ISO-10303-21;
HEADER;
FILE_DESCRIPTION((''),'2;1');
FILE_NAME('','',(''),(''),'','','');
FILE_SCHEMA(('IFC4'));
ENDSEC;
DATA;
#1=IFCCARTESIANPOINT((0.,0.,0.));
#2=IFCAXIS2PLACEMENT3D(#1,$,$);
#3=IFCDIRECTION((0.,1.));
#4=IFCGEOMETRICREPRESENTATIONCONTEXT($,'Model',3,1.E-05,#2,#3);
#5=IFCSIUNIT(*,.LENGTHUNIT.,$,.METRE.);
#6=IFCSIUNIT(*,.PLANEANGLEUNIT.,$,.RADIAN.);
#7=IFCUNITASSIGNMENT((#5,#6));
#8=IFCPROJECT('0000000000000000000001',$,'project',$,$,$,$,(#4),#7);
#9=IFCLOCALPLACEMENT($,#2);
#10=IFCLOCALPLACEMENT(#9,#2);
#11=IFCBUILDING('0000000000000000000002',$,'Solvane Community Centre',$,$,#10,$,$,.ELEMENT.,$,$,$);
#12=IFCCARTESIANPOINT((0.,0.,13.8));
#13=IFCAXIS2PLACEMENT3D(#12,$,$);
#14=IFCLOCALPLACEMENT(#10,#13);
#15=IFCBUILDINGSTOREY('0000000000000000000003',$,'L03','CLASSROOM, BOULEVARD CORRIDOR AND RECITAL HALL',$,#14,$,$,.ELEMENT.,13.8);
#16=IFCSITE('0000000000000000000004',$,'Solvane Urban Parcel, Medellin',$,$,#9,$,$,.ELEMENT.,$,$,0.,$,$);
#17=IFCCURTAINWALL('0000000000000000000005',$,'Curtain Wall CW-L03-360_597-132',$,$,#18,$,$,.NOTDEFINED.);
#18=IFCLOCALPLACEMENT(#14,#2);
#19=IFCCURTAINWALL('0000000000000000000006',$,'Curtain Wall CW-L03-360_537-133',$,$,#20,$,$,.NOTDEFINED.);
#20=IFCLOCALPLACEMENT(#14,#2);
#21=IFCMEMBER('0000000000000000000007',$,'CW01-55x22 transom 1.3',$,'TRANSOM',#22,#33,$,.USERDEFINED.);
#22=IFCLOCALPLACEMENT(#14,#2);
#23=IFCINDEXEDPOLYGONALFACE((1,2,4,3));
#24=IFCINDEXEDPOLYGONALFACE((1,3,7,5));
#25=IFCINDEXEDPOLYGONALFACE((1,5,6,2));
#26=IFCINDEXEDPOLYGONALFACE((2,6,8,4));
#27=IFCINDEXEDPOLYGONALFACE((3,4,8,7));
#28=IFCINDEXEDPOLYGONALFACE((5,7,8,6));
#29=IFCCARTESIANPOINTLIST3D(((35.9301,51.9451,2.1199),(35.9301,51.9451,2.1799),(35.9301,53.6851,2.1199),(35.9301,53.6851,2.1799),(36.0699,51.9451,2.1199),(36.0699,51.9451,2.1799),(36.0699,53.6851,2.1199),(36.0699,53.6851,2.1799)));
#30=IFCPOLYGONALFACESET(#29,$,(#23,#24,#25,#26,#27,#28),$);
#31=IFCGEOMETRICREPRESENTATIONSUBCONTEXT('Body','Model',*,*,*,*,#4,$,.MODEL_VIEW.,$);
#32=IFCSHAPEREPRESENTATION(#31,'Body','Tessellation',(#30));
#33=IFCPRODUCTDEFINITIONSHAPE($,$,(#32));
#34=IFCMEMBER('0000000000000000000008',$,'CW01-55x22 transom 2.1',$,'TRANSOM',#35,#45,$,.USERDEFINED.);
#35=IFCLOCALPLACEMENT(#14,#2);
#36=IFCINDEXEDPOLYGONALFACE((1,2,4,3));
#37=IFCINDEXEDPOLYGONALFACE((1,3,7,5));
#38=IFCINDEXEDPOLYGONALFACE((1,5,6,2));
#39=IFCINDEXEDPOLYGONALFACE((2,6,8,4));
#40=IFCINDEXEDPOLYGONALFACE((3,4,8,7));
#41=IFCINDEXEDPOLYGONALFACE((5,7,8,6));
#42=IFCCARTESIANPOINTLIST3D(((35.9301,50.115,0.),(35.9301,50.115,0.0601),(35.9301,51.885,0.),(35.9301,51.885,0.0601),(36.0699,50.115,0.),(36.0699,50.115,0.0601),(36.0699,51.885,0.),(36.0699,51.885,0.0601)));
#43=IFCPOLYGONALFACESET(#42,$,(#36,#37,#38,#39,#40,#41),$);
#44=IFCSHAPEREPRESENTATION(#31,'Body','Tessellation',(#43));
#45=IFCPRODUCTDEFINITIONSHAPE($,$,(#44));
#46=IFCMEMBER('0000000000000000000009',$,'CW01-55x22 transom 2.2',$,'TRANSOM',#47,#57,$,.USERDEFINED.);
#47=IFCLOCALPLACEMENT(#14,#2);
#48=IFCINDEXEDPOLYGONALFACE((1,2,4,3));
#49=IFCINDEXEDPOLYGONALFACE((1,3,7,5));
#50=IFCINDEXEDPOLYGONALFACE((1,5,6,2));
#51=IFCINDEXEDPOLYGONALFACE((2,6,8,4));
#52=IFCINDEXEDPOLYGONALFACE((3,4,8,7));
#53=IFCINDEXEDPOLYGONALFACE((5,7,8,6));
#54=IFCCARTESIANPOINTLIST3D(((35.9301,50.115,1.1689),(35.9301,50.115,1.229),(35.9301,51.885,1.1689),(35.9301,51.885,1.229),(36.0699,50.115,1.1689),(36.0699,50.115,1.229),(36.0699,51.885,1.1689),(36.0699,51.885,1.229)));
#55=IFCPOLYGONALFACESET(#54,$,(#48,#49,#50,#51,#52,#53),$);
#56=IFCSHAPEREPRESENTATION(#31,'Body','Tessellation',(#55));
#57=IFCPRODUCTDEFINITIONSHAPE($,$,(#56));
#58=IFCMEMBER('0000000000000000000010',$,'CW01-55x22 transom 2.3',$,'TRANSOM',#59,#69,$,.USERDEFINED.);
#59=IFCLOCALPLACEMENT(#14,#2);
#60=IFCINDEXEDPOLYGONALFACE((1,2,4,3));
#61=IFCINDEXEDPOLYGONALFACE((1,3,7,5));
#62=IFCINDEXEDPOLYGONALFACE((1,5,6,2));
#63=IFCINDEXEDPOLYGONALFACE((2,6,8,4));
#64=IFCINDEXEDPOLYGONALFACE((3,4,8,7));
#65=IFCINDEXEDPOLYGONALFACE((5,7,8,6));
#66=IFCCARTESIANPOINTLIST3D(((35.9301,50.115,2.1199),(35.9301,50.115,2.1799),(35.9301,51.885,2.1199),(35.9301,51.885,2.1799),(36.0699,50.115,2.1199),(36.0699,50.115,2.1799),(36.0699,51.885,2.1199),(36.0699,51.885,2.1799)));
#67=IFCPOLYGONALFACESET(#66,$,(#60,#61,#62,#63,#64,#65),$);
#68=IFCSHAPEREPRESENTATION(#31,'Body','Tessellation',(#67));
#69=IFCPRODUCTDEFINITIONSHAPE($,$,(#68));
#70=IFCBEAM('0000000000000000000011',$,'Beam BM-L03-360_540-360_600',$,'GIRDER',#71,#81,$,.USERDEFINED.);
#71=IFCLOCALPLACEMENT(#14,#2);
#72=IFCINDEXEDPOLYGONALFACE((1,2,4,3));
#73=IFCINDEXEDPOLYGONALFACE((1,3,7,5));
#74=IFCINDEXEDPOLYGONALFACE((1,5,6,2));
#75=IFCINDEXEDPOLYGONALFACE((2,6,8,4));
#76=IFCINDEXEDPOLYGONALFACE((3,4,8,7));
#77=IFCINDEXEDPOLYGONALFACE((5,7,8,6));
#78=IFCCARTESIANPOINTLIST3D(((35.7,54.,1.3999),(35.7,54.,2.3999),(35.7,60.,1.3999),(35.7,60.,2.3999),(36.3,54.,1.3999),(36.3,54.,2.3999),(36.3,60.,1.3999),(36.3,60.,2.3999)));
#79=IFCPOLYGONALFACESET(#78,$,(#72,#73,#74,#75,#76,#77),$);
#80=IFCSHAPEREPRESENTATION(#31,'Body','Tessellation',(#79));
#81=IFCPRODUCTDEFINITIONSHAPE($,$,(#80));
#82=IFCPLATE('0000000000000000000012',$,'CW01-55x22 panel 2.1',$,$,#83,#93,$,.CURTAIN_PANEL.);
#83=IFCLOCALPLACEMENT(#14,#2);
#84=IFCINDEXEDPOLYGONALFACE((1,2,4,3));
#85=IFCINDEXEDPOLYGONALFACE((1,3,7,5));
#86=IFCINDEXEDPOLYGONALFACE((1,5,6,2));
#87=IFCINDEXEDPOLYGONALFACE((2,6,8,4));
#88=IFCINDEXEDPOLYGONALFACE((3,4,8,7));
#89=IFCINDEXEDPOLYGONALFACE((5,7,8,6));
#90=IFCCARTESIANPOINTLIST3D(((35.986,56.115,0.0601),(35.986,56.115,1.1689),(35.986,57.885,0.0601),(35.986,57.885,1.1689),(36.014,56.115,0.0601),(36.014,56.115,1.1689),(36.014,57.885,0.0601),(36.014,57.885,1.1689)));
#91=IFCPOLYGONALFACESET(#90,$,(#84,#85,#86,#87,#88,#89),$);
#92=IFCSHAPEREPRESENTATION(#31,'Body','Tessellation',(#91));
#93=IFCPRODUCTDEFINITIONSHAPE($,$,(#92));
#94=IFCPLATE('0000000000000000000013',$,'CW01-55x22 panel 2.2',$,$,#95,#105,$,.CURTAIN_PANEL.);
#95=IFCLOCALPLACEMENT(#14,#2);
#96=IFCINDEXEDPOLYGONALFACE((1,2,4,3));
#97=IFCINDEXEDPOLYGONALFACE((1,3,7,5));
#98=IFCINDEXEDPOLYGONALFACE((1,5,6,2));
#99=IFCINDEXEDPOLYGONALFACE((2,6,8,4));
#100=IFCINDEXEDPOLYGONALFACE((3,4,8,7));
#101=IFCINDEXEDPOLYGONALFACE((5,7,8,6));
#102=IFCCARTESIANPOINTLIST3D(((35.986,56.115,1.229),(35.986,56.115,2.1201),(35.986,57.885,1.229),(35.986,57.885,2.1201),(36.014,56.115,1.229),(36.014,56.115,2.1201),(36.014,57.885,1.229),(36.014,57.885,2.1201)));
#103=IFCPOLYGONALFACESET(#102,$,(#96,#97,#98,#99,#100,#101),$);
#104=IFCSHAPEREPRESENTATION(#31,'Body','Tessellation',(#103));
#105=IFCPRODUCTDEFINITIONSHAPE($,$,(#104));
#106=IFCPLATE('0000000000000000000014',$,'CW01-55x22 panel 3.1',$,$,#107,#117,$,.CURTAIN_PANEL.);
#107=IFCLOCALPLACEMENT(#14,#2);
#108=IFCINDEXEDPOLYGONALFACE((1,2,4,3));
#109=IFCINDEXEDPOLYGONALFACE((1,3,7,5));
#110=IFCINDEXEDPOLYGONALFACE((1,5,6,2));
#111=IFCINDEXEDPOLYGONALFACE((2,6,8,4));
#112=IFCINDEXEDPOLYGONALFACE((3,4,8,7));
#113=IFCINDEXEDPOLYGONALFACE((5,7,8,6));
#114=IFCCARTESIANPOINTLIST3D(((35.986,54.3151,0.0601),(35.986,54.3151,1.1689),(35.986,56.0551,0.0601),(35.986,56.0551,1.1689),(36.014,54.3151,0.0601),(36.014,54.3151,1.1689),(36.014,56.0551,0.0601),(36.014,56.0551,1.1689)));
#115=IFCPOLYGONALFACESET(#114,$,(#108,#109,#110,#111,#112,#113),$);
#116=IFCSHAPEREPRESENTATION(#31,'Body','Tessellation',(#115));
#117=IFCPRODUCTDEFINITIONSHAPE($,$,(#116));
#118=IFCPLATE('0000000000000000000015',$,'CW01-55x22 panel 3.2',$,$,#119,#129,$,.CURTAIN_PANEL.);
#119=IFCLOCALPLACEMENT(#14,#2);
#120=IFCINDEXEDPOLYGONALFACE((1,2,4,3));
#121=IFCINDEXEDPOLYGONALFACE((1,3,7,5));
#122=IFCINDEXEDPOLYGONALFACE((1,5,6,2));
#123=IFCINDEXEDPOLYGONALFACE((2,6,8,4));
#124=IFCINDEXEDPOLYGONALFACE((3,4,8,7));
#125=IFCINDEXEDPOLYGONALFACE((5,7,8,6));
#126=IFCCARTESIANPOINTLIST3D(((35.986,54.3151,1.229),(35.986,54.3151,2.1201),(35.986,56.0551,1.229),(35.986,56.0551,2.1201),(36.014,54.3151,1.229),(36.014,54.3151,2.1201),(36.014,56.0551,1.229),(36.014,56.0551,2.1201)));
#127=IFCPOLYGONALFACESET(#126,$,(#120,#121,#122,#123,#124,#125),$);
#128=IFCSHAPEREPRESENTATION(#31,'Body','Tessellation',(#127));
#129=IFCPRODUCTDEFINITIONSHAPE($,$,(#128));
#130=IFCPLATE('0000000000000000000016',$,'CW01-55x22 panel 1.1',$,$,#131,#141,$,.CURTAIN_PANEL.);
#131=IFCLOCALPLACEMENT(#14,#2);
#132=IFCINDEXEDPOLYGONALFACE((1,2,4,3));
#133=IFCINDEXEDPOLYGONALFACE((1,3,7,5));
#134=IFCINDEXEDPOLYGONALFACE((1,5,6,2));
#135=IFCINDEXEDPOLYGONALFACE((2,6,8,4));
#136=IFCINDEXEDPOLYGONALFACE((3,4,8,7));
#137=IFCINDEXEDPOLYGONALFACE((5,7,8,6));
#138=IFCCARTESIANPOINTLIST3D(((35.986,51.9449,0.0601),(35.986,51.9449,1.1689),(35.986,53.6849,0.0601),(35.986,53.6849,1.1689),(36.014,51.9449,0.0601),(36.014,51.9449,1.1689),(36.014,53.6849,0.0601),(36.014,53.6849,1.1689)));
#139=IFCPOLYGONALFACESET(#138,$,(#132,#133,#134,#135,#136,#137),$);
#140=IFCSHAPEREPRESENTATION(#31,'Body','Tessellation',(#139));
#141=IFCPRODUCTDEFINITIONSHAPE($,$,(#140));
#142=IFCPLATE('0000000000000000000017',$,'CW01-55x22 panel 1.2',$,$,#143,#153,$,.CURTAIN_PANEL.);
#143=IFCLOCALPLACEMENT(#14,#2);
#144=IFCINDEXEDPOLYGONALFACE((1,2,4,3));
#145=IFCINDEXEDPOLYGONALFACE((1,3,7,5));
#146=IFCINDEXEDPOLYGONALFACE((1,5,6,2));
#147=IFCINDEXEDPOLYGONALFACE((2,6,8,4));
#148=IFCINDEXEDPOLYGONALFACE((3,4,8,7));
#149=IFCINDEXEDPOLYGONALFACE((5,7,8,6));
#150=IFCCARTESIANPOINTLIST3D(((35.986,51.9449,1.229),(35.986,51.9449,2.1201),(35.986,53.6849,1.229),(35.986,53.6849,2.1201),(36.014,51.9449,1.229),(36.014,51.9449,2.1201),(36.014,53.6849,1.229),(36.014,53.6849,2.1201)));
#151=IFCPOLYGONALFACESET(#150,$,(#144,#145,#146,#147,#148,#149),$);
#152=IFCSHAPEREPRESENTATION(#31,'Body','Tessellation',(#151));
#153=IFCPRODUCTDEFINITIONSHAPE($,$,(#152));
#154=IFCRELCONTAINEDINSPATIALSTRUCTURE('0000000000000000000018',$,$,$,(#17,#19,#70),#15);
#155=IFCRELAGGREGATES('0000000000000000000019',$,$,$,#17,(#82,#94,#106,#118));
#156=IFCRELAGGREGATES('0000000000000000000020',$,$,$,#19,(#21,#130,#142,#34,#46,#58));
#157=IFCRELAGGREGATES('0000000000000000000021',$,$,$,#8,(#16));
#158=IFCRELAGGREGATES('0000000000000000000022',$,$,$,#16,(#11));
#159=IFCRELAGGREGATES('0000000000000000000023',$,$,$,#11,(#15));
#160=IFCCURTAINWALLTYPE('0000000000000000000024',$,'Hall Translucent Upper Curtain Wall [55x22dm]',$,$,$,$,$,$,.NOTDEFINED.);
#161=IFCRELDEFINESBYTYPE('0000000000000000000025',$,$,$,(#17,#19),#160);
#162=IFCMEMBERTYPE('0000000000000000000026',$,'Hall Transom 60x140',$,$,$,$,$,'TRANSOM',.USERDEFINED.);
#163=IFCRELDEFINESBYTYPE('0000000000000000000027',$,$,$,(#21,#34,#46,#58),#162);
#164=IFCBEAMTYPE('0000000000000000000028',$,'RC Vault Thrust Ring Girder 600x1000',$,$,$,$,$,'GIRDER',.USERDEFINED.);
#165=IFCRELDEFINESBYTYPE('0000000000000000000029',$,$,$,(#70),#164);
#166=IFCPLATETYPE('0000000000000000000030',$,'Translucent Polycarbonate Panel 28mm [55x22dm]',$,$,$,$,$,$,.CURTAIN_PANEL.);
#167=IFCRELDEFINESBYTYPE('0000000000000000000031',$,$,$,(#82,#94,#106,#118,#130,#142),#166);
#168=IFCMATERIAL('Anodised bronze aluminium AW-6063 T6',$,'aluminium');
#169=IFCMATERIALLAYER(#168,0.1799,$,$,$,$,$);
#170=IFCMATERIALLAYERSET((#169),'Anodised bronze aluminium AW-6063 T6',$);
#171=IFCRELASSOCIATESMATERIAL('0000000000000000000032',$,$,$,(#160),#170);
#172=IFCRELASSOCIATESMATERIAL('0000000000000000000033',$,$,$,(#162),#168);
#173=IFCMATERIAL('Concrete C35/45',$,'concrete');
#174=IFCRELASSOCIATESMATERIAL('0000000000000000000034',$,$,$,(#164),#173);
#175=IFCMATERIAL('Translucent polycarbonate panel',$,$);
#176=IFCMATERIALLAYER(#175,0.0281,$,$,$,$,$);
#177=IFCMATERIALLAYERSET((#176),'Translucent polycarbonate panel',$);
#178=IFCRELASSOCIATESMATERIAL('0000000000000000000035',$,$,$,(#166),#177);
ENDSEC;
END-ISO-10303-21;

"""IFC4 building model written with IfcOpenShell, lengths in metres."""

from ifc_helpers import new_model, si_unit, direction, frame, origin, origin_2d, place, context, subcontext, project, spatial, rectangle, extrude, material, layer, layer_set, material_profile, profile_set, type_object, element, aggregate, save


model = new_model("IFC4")

# Units and contexts
model_context = context("Model", 3, precision=1e-05, world=origin(), true_north=direction((0.0, 1.0)))
body_context = subcontext(model_context, "Body", "Model", "MODEL_VIEW")
ifc_project = project(units=[si_unit("LENGTHUNIT", "METRE"), si_unit("PLANEANGLEUNIT", "RADIAN")], contexts=[model_context])

# Site, building, storey
site_placement = place(None, origin())
site = spatial("IfcSite", under=ifc_project, at=site_placement, Name="Solvane Urban Parcel, Medellin", CompositionType="ELEMENT", RefElevation=0.0)
building_placement = place(site_placement, origin())
building = spatial("IfcBuilding", under=site, at=building_placement, Name="Solvane Community Centre", CompositionType="ELEMENT")
storey_placement = place(building_placement, frame((0.0, 0.0, 13.8)))
storey = spatial("IfcBuildingStorey", under=building, at=storey_placement, Name="L03", Description="CLASSROOM, BOULEVARD CORRIDOR AND RECITAL HALL", CompositionType="ELEMENT", Elevation=13.8)

# Curtain walls
ifc_material_1 = material(Name="Anodised bronze aluminium AW-6063 T6", Category="aluminium")
ifc_layer_1 = layer(ifc_material_1, 0.1799)
ifc_layer_set_1 = layer_set([ifc_layer_1], Name="Anodised bronze aluminium AW-6063 T6")
curtain_wall_type = type_object("IfcCurtainWallType", Name="Hall Translucent Upper Curtain Wall [55x22dm]", PredefinedType="NOTDEFINED", material=ifc_layer_set_1)
curtain_wall_1_placement = place(storey_placement, origin())
curtain_wall_1 = element("IfcCurtainWall", 1, at=curtain_wall_1_placement, inside=storey, type_object=curtain_wall_type, Name="Curtain Wall CW-L03-360_597-132", PredefinedType="NOTDEFINED")
curtain_wall_2_placement = place(storey_placement, origin())
curtain_wall_2 = element("IfcCurtainWall", 2, at=curtain_wall_2_placement, inside=storey, type_object=curtain_wall_type, Name="Curtain Wall CW-L03-360_537-133", PredefinedType="NOTDEFINED")

# Members
ifc_material_profile_1 = material_profile(ifc_material_1, rectangle(XDim=0.1399, YDim=0.0601, at=origin_2d()), Name="CW-T 60x140")
ifc_profile_set_1 = profile_set([ifc_material_profile_1], Name="Anodised bronze aluminium AW-6063 T6")
member_type_1 = type_object("IfcMemberType", Name="Hall Transom 60x140", ElementType="TRANSOM", PredefinedType="USERDEFINED", material=ifc_profile_set_1)
member_1_placement = place(storey_placement, frame((36.0, 53.6851, 2.1499), z_axis=(0.0, -1.0, 0.0), x_axis=(1.0, 0.0, 0.0)))
member_1 = element("IfcMember", 3, at=member_1_placement, type_object=member_type_1, Name="CW01-55x22 transom 1.3", ObjectType="TRANSOM", PredefinedType="USERDEFINED", context=body_context, shape_type="SweptSolid", body=[
    extrude(rectangle(XDim=0.1399, YDim=0.0601, at=origin_2d()), origin(), (0.0, 0.0, 1.0), 1.74),
])
member_2_placement = place(storey_placement, frame((36.0, 51.885, 0.03), z_axis=(0.0, -1.0, 0.0), x_axis=(1.0, 0.0, 0.0)))
member_2 = element("IfcMember", 4, at=member_2_placement, type_object=member_type_1, Name="CW01-55x22 transom 2.1", ObjectType="TRANSOM", PredefinedType="USERDEFINED", context=body_context, shape_type="SweptSolid", body=[
    extrude(rectangle(XDim=0.1399, YDim=0.0601, at=origin_2d()), origin(), (0.0, 0.0, 1.0), 1.77),
])
member_3_placement = place(storey_placement, frame((36.0, 51.885, 1.199), z_axis=(0.0, -1.0, 0.0), x_axis=(1.0, 0.0, 0.0)))
member_3 = element("IfcMember", 5, at=member_3_placement, type_object=member_type_1, Name="CW01-55x22 transom 2.2", ObjectType="TRANSOM", PredefinedType="USERDEFINED", context=body_context, shape_type="SweptSolid", body=[
    extrude(rectangle(XDim=0.1399, YDim=0.0601, at=origin_2d()), origin(), (0.0, 0.0, 1.0), 1.77),
])
member_4_placement = place(storey_placement, frame((36.0, 51.885, 2.1499), z_axis=(0.0, -1.0, 0.0), x_axis=(1.0, 0.0, 0.0)))
member_4 = element("IfcMember", 6, at=member_4_placement, type_object=member_type_1, Name="CW01-55x22 transom 2.3", ObjectType="TRANSOM", PredefinedType="USERDEFINED", context=body_context, shape_type="SweptSolid", body=[
    extrude(rectangle(XDim=0.1399, YDim=0.0601, at=origin_2d()), origin(), (0.0, 0.0, 1.0), 1.77),
])

# Beam
ifc_material_2 = material(Name="Concrete C35/45", Category="concrete")
ifc_material_profile_2 = material_profile(ifc_material_2, rectangle(XDim=0.6001, YDim=1.0, at=origin_2d()), Name="RC 600x1000")
ifc_profile_set_2 = profile_set([ifc_material_profile_2], Name="Concrete C35/45")
beam_type = type_object("IfcBeamType", Name="RC Vault Thrust Ring Girder 600x1000", ElementType="GIRDER", PredefinedType="USERDEFINED", material=ifc_profile_set_2)
beam_placement = place(storey_placement, frame((36.0, 54.0, 1.8999), z_axis=(0.0, 1.0, 0.0), x_axis=(-1.0, 0.0, 0.0)))
element("IfcBeam", 7, at=beam_placement, inside=storey, type_object=beam_type, Name="Beam BM-L03-360_540-360_600", ObjectType="GIRDER", PredefinedType="USERDEFINED", context=body_context, shape_type="SweptSolid", body=[
    extrude(rectangle(XDim=0.6001, YDim=1.0, at=origin_2d()), origin(), (0.0, 0.0, 1.0), 6.0),
])

# Plates
ifc_material_3 = material(Name="Translucent polycarbonate panel")
ifc_layer_2 = layer(ifc_material_3, 0.0281)
ifc_layer_set_2 = layer_set([ifc_layer_2], Name="Translucent polycarbonate panel")
plate_type = type_object("IfcPlateType", Name="Translucent Polycarbonate Panel 28mm [55x22dm]", PredefinedType="CURTAIN_PANEL", material=ifc_layer_set_2)
plate_1_placement = place(storey_placement, frame((36.0, 57.0, 0.0601), z_axis=(0.0, 0.0, 1.0), x_axis=(0.0, -1.0, 0.0)))
plate_1 = element("IfcPlate", 8, at=plate_1_placement, type_object=plate_type, Name="CW01-55x22 panel 2.1", PredefinedType="CURTAIN_PANEL", context=body_context, shape_type="SweptSolid", body=[
    extrude(rectangle(XDim=1.77, YDim=0.0281, at=origin_2d()), origin(), (0.0, 0.0, 1.0), 1.1089),
])
plate_2_placement = place(storey_placement, frame((36.0, 57.0, 1.229), z_axis=(0.0, 0.0, 1.0), x_axis=(0.0, -1.0, 0.0)))
plate_2 = element("IfcPlate", 9, at=plate_2_placement, type_object=plate_type, Name="CW01-55x22 panel 2.2", PredefinedType="CURTAIN_PANEL", context=body_context, shape_type="SweptSolid", body=[
    extrude(rectangle(XDim=1.77, YDim=0.0281, at=origin_2d()), origin(), (0.0, 0.0, 1.0), 0.8911),
])
plate_3_placement = place(storey_placement, frame((36.0, 55.1851, 0.0601), z_axis=(0.0, 0.0, 1.0), x_axis=(0.0, -1.0, 0.0)))
plate_3 = element("IfcPlate", 10, at=plate_3_placement, type_object=plate_type, Name="CW01-55x22 panel 3.1", PredefinedType="CURTAIN_PANEL", context=body_context, shape_type="SweptSolid", body=[
    extrude(rectangle(XDim=1.74, YDim=0.0281, at=origin_2d()), origin(), (0.0, 0.0, 1.0), 1.1089),
])
plate_4_placement = place(storey_placement, frame((36.0, 55.1851, 1.229), z_axis=(0.0, 0.0, 1.0), x_axis=(0.0, -1.0, 0.0)))
plate_4 = element("IfcPlate", 11, at=plate_4_placement, type_object=plate_type, Name="CW01-55x22 panel 3.2", PredefinedType="CURTAIN_PANEL", context=body_context, shape_type="SweptSolid", body=[
    extrude(rectangle(XDim=1.74, YDim=0.0281, at=origin_2d()), origin(), (0.0, 0.0, 1.0), 0.8911),
])
aggregate(curtain_wall_1, [plate_1, plate_2, plate_3, plate_4])
plate_5_placement = place(storey_placement, frame((36.0, 52.8149, 0.0601), z_axis=(0.0, 0.0, 1.0), x_axis=(0.0, -1.0, 0.0)))
plate_5 = element("IfcPlate", 12, at=plate_5_placement, type_object=plate_type, Name="CW01-55x22 panel 1.1", PredefinedType="CURTAIN_PANEL", context=body_context, shape_type="SweptSolid", body=[
    extrude(rectangle(XDim=1.74, YDim=0.0281, at=origin_2d()), origin(), (0.0, 0.0, 1.0), 1.1089),
])
plate_6_placement = place(storey_placement, frame((36.0, 52.8149, 1.229), z_axis=(0.0, 0.0, 1.0), x_axis=(0.0, -1.0, 0.0)))
plate_6 = element("IfcPlate", 13, at=plate_6_placement, type_object=plate_type, Name="CW01-55x22 panel 1.2", PredefinedType="CURTAIN_PANEL", context=body_context, shape_type="SweptSolid", body=[
    extrude(rectangle(XDim=1.74, YDim=0.0281, at=origin_2d()), origin(), (0.0, 0.0, 1.0), 0.8911),
])
aggregate(curtain_wall_2, [member_1, plate_5, plate_6, member_2, member_3, member_4])

save(model, "model.ifc")
